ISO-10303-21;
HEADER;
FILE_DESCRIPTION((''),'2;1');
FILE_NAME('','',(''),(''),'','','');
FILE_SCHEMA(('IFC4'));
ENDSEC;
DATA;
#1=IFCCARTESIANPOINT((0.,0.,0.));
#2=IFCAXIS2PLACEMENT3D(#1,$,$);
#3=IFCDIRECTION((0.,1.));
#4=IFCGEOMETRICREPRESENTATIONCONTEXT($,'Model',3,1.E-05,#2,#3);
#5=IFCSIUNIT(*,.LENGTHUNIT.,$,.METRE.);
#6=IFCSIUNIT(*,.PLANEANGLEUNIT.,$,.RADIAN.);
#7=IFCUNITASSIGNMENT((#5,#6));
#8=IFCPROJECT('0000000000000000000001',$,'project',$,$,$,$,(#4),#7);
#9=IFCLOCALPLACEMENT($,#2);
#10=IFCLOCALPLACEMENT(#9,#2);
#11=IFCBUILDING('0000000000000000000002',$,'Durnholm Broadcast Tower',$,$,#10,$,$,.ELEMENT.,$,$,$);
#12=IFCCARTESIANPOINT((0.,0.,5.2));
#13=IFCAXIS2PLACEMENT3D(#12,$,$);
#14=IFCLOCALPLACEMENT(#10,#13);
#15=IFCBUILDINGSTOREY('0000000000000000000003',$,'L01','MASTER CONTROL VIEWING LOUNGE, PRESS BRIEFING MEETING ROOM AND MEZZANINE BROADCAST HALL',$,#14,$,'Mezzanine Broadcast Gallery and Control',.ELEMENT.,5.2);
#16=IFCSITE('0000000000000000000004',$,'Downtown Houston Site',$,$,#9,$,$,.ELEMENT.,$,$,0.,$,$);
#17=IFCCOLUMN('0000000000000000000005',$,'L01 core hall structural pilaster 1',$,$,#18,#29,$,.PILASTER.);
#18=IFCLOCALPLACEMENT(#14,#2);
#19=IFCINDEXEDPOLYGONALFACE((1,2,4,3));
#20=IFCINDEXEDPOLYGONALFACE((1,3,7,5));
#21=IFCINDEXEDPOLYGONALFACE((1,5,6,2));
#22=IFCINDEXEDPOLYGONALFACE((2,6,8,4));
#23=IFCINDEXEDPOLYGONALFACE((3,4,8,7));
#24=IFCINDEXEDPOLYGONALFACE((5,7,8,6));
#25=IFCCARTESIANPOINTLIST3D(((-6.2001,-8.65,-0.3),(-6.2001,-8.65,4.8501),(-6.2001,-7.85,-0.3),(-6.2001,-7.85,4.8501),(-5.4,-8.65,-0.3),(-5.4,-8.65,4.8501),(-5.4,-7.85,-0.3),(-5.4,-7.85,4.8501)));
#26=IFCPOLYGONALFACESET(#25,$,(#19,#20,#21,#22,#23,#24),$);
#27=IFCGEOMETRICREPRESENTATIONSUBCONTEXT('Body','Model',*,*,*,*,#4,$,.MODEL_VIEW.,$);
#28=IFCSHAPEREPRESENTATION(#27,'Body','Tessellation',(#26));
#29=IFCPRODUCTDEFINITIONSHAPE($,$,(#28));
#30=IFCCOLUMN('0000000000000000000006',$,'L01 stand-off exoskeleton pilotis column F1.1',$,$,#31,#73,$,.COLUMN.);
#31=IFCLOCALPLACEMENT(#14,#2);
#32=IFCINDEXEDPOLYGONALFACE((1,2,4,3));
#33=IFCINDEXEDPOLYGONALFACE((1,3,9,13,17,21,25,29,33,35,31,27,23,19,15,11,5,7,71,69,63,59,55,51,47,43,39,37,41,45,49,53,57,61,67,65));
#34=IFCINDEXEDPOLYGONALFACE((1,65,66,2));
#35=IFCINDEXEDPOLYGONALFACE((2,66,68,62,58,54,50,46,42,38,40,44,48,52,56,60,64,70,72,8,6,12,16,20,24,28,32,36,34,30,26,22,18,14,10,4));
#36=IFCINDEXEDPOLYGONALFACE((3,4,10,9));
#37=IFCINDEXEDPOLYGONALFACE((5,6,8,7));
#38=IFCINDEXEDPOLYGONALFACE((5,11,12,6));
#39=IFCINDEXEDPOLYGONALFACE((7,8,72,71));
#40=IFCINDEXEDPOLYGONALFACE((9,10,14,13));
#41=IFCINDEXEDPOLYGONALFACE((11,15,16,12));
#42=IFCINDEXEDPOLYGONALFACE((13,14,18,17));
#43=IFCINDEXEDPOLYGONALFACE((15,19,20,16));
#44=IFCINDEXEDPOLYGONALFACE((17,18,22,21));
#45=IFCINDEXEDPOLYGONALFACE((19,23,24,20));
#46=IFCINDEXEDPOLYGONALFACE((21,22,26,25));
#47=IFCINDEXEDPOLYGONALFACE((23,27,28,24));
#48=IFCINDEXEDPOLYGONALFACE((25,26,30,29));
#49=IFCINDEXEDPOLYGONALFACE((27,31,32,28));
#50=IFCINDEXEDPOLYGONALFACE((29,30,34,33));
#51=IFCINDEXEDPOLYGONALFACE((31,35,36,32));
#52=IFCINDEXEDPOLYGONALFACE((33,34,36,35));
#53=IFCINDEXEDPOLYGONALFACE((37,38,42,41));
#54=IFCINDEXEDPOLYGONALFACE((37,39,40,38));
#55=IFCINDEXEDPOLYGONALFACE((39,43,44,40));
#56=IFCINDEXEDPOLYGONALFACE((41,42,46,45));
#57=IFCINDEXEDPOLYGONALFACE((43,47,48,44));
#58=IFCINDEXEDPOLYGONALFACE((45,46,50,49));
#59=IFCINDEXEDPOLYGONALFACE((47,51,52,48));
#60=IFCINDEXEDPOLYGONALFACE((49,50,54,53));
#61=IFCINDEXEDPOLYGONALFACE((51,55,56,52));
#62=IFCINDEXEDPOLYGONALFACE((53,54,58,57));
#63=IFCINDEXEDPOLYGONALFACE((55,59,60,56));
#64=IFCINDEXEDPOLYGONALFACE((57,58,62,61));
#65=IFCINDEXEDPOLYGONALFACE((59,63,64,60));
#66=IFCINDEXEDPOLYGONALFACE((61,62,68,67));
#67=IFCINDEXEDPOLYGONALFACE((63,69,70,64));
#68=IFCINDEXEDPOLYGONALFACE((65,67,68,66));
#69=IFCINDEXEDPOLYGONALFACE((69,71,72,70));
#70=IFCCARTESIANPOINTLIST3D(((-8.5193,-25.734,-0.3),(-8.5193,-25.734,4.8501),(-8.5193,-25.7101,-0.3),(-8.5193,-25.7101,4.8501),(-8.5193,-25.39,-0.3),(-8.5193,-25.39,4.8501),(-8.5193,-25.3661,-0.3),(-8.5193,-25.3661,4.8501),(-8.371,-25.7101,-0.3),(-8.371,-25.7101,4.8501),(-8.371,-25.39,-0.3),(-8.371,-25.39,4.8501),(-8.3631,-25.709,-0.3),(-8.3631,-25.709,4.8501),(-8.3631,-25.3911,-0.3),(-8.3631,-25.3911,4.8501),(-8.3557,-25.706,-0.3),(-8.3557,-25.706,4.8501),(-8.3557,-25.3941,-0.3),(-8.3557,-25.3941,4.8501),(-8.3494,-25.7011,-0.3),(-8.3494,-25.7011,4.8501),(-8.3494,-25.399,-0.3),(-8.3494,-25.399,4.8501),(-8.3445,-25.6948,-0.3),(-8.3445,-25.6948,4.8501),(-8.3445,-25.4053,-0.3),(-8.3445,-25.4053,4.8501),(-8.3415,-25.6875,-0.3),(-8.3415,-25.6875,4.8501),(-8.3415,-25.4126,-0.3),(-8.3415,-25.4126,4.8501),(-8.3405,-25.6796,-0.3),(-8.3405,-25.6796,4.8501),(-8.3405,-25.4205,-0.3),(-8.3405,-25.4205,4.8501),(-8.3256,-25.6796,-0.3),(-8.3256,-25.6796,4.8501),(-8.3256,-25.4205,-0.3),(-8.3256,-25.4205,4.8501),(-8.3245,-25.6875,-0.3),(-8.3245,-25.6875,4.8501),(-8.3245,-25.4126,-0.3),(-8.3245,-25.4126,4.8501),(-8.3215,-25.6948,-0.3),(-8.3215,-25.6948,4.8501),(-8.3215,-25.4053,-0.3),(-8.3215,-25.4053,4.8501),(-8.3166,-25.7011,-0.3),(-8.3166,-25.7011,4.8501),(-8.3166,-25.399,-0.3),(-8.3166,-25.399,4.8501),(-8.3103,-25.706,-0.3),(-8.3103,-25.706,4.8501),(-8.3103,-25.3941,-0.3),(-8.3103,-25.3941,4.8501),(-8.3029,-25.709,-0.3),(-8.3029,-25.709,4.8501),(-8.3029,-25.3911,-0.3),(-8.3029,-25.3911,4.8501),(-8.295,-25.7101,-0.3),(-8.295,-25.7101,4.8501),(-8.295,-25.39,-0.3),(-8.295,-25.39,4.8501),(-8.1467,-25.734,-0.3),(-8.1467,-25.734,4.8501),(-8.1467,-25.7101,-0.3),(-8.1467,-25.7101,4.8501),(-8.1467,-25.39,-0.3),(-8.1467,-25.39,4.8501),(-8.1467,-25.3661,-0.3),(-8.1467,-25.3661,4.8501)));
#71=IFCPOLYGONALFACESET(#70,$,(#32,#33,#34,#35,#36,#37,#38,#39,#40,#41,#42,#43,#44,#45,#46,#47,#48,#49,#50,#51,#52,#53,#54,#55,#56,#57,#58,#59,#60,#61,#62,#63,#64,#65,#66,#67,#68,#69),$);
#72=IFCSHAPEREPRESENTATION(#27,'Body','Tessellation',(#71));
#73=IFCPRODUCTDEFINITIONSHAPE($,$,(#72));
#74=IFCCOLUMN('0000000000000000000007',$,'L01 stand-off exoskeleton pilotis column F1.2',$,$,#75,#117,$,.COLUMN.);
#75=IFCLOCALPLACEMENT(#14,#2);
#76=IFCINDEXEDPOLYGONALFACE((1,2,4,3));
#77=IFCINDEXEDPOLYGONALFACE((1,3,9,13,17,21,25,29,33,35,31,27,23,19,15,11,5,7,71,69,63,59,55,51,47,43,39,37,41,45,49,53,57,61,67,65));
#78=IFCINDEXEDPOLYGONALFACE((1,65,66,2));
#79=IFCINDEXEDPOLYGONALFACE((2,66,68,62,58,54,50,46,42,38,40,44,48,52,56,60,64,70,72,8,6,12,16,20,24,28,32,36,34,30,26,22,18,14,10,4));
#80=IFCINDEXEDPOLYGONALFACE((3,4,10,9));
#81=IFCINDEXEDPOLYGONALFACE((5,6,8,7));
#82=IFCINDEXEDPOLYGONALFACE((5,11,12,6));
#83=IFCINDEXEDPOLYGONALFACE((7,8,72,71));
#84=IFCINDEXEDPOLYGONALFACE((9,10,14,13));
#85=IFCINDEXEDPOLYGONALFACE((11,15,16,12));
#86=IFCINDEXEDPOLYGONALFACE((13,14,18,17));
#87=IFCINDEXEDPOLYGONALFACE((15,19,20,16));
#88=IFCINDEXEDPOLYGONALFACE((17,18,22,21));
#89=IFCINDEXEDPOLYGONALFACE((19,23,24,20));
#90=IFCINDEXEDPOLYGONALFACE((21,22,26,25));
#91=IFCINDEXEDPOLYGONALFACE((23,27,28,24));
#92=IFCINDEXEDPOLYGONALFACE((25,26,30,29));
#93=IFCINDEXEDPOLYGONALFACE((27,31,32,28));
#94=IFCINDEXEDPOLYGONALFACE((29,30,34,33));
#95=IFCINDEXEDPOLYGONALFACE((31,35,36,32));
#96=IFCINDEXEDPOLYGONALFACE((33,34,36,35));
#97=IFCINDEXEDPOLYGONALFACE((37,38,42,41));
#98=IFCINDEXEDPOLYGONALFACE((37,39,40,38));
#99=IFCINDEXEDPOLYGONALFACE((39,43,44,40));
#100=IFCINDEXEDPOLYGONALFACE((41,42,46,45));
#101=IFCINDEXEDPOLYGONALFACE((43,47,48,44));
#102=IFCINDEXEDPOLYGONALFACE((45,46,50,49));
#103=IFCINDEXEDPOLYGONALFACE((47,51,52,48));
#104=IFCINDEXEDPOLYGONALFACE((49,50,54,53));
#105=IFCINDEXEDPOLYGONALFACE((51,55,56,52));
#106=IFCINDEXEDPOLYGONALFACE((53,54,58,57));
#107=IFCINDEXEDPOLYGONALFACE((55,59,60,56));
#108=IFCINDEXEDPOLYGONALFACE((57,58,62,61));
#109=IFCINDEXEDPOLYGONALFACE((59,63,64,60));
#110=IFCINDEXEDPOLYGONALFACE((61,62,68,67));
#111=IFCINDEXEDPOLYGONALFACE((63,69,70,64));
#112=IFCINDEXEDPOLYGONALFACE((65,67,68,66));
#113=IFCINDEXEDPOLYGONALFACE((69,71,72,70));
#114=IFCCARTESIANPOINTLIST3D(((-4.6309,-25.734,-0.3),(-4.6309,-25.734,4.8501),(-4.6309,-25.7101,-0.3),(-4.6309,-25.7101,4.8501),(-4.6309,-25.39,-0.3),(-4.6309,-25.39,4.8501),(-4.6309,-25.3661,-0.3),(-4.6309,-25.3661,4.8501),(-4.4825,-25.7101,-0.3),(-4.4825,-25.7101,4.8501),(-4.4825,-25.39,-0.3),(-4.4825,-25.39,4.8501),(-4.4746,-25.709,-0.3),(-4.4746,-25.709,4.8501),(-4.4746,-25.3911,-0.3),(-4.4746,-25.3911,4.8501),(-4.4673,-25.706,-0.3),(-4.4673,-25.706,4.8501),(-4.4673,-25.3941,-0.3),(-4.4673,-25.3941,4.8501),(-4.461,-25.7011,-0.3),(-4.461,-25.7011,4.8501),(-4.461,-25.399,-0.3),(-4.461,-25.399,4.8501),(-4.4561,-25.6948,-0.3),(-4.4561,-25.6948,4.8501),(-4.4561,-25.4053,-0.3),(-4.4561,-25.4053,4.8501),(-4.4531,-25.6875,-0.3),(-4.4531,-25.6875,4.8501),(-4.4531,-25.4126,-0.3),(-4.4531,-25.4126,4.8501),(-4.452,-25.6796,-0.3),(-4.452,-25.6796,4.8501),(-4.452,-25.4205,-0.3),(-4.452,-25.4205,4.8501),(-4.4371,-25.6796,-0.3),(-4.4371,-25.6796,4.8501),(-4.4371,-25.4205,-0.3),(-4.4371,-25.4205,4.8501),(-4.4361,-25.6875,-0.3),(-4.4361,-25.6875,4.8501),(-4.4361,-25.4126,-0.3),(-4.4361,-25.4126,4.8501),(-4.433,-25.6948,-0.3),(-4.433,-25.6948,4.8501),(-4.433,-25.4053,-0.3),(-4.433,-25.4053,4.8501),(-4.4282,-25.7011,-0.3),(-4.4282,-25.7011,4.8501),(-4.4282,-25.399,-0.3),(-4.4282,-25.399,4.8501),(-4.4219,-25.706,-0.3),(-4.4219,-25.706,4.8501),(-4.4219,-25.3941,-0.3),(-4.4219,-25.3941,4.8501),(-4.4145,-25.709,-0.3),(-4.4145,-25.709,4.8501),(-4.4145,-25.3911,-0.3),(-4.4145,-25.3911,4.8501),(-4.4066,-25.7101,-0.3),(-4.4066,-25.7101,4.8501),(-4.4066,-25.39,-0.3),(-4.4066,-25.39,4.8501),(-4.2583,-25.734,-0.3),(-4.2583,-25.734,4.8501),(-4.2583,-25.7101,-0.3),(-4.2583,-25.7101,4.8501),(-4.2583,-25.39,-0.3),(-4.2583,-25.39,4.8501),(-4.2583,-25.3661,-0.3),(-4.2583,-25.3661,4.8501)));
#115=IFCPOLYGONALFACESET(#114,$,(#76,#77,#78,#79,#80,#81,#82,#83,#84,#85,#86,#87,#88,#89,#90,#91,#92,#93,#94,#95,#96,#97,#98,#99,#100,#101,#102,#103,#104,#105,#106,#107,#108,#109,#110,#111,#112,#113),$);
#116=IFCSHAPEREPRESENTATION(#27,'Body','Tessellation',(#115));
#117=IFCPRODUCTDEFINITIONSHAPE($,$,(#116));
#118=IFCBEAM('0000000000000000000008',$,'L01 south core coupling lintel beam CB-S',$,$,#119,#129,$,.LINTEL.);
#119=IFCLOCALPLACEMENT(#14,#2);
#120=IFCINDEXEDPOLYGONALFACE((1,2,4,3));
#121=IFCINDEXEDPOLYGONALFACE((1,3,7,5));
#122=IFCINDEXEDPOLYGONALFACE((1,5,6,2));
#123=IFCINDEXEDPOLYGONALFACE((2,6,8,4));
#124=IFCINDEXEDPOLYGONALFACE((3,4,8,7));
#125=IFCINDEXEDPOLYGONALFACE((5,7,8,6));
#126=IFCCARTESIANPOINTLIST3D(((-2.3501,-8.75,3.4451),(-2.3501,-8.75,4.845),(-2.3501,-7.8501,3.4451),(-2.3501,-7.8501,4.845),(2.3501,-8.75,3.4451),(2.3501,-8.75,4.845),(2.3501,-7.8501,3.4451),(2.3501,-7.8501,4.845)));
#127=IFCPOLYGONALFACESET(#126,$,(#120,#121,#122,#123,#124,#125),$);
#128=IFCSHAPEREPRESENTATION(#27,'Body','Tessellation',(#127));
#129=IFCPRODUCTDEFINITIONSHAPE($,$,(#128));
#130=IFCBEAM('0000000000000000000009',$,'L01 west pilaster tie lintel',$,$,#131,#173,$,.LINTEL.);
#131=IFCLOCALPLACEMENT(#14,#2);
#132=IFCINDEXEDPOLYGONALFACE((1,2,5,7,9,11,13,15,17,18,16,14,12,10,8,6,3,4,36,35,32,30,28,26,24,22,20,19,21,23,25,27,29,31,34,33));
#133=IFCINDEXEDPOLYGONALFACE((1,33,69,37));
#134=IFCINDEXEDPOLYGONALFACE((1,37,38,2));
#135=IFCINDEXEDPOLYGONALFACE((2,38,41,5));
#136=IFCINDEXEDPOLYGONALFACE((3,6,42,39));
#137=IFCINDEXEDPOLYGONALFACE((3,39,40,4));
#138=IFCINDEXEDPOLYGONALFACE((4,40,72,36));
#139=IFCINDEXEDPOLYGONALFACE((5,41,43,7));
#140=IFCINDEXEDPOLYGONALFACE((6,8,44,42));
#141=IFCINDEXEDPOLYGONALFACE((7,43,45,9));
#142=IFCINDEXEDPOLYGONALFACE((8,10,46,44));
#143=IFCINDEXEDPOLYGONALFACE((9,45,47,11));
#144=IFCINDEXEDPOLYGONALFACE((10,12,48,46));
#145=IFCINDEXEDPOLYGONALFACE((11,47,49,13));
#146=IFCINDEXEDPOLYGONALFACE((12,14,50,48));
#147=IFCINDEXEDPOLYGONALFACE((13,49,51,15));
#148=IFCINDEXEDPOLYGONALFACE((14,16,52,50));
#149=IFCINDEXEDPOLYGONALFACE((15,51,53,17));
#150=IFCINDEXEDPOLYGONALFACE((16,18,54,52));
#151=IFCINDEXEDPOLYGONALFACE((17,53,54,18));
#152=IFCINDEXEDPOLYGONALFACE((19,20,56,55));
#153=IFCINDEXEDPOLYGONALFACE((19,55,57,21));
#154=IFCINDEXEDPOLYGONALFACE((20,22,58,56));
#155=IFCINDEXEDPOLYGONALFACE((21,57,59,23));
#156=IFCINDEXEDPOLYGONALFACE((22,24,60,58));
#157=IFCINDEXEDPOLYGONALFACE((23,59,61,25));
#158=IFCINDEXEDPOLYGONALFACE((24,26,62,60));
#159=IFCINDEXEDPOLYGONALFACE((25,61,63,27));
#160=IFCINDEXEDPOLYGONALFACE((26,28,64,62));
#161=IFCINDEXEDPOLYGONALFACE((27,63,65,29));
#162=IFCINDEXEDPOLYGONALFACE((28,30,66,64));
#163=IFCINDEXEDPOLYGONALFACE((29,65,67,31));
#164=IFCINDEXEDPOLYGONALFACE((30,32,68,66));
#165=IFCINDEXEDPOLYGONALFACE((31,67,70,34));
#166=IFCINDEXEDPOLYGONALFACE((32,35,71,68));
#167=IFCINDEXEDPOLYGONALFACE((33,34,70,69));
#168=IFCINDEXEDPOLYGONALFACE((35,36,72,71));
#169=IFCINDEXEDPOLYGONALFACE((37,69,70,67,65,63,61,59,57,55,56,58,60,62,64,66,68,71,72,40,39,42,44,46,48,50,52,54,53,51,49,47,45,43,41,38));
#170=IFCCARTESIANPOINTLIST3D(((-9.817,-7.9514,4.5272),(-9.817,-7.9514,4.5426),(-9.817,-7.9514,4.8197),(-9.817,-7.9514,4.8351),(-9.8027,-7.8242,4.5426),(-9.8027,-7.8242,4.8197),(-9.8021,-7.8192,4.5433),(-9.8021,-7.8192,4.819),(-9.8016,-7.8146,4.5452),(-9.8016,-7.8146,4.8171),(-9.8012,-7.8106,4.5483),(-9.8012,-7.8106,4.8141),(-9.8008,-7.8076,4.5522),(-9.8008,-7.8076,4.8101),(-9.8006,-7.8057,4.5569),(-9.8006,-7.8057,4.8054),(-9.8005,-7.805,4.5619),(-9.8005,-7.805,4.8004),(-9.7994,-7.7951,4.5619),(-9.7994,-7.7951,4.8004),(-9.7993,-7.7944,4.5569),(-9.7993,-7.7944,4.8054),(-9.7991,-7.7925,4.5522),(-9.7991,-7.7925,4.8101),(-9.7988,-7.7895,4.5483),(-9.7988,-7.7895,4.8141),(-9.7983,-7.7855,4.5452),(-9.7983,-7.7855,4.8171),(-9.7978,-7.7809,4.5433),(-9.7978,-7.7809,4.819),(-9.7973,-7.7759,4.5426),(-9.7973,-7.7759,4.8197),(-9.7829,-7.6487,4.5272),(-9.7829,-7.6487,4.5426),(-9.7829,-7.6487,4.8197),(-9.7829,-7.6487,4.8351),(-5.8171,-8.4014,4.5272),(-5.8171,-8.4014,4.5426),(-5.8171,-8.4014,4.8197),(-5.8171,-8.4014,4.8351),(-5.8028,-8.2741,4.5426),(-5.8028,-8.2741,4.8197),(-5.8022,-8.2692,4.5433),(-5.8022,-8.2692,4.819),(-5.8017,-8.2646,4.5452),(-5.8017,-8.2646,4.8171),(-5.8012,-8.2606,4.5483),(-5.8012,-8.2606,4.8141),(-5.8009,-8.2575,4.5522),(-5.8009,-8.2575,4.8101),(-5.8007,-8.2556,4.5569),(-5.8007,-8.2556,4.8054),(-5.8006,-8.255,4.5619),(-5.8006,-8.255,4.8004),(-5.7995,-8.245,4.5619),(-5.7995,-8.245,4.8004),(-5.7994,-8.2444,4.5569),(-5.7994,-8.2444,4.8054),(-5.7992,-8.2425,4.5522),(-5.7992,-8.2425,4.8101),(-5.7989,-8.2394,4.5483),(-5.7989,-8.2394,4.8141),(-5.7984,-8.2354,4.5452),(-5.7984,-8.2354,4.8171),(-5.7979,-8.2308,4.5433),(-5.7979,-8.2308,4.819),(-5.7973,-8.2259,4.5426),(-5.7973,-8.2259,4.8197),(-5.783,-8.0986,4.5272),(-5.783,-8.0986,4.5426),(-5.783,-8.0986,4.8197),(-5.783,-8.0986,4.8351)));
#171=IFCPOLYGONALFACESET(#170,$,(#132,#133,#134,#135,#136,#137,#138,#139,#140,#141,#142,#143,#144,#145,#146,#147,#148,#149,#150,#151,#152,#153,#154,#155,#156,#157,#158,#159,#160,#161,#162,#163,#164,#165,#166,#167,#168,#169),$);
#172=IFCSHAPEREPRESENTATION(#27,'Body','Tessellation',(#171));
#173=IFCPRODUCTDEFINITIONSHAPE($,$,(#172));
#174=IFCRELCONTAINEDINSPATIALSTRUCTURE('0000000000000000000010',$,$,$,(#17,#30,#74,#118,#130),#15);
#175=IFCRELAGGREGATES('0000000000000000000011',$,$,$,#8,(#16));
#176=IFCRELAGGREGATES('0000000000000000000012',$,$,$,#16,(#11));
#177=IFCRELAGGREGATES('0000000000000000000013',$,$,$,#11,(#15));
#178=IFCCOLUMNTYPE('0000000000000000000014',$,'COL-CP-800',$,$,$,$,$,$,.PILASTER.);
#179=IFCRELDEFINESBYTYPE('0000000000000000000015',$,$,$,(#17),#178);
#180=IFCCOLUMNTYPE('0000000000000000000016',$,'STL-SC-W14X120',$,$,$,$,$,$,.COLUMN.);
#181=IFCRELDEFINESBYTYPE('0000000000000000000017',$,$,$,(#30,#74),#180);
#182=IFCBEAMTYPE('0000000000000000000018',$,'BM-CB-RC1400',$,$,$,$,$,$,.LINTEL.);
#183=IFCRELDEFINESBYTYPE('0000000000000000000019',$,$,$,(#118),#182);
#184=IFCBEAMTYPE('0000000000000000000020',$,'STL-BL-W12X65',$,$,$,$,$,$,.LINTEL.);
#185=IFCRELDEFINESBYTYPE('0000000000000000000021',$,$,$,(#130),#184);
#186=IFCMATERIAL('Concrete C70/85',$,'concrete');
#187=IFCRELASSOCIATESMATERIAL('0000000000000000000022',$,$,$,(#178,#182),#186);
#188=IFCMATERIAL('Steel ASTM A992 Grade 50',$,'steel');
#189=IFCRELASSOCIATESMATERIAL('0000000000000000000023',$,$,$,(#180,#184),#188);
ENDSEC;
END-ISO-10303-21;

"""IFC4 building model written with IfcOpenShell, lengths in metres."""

from ifc_helpers import new_model, si_unit, direction, frame, origin, origin_2d, place, context, subcontext, project, spatial, rectangle, i_section, extrude, source, transform, mapped, material, material_profile, profile_set, type_object, type_shapes, element, save


model = new_model("IFC4")

# Units and contexts
model_context = context("Model", 3, precision=1e-05, world=origin(), true_north=direction((0.0, 1.0)))
body_context = subcontext(model_context, "Body", "Model", "MODEL_VIEW")
ifc_project = project(units=[si_unit("LENGTHUNIT", "METRE"), si_unit("PLANEANGLEUNIT", "RADIAN")], contexts=[model_context])

# Site, building, storey
site_placement = place(None, origin())
site = spatial("IfcSite", under=ifc_project, at=site_placement, Name="Downtown Houston Site", CompositionType="ELEMENT", RefElevation=0.0)
building_placement = place(site_placement, origin())
building = spatial("IfcBuilding", under=site, at=building_placement, Name="Durnholm Broadcast Tower", CompositionType="ELEMENT")
storey_placement = place(building_placement, frame((0.0, 0.0, 5.2)))
storey = spatial("IfcBuildingStorey", under=building, at=storey_placement, Name="L01", Description="MASTER CONTROL VIEWING LOUNGE, PRESS BRIEFING MEETING ROOM AND MEZZANINE BROADCAST HALL", LongName="Mezzanine Broadcast Gallery and Control", CompositionType="ELEMENT", Elevation=5.2)

# Columns
ifc_material_1 = material(Name="Concrete C70/85", Category="concrete")
ifc_material_profile_1 = material_profile(ifc_material_1, rectangle(XDim=0.8, YDim=0.8, at=origin_2d()), Name="RC800X800")
ifc_profile_set_1 = profile_set([ifc_material_profile_1], Name="Concrete C70/85")
column_type_1 = type_object("IfcColumnType", Name="COL-CP-800", PredefinedType="PILASTER", material=ifc_profile_set_1)
shared_shape_1 = source(origin(), body_context, "Body", "SweptSolid", [
    extrude(rectangle(XDim=0.8, YDim=0.8, at=origin_2d()), origin(), (0.0, 0.0, 1.0), 5.1501),
])
type_shapes(column_type_1, [shared_shape_1])
column_placement = place(storey_placement, frame((-5.8, -8.25, -0.3), z_axis=(0.0, 0.0, 1.0), x_axis=(1.0, 0.0, 0.0)))
element("IfcColumn", 1, at=column_placement, inside=storey, type_object=column_type_1, Name="L01 core hall structural pilaster 1", PredefinedType="PILASTER", context=body_context, shape_type="MappedRepresentation", body=[
    mapped(shared_shape_1, transform((0.0, 0.0, 0.0), x_axis=(1.0, 0.0, 0.0), y_axis=(0.0, 1.0, 0.0), z_axis=(0.0, 0.0, 1.0), scale=1.0)),
])
ifc_material_2 = material(Name="Steel ASTM A992 Grade 50", Category="steel")
ifc_material_profile_2 = material_profile(ifc_material_2, i_section(OverallWidth=0.3726, OverallDepth=0.3679, WebThickness=0.0149, FlangeThickness=0.0239, FilletRadius=0.0305, at=origin_2d()), Name="W14X120")
ifc_profile_set_2 = profile_set([ifc_material_profile_2], Name="Steel ASTM A992 Grade 50")
column_type_2 = type_object("IfcColumnType", Name="STL-SC-W14X120", PredefinedType="COLUMN", material=ifc_profile_set_2)
shared_shape_2 = source(origin(), body_context, "Body", "SweptSolid", [
    extrude(i_section(OverallWidth=0.3726, OverallDepth=0.3679, WebThickness=0.0149, FlangeThickness=0.0239, FilletRadius=0.0305, at=origin_2d()), origin(), (0.0, 0.0, 1.0), 5.1501),
])
type_shapes(column_type_2, [shared_shape_2])
for number, where, z_axis, x_axis, name in (
    (2, (-8.333, -25.55, -0.3), (0.0, 0.0, 1.0), (1.0, 0.0, 0.0), "L01 stand-off exoskeleton pilotis column F1.1"),
    (3, (-4.4446, -25.55, -0.3), (0.0, 0.0, 1.0), (1.0, 0.0, 0.0), "L01 stand-off exoskeleton pilotis column F1.2"),
):
    element("IfcColumn", number, at=place(storey_placement, frame(where, z_axis=z_axis, x_axis=x_axis)), inside=storey, type_object=column_type_2, Name=name, PredefinedType="COLUMN", context=body_context, shape_type="MappedRepresentation", body=[
        mapped(shared_shape_2, transform((0.0, 0.0, 0.0), x_axis=(1.0, 0.0, 0.0), y_axis=(0.0, 1.0, 0.0), z_axis=(0.0, 0.0, 1.0), scale=1.0)),
    ])

# Beams
ifc_material_profile_3 = material_profile(ifc_material_1, rectangle(XDim=0.8999, YDim=1.3999, at=origin_2d()), Name="RC900X1400")
ifc_profile_set_3 = profile_set([ifc_material_profile_3], Name="Concrete C70/85")
beam_type_1 = type_object("IfcBeamType", Name="BM-CB-RC1400", PredefinedType="LINTEL", material=ifc_profile_set_3)
shared_shape_3 = source(origin(), body_context, "Body", "SweptSolid", [
    extrude(rectangle(XDim=0.8999, YDim=1.3999, at=origin_2d()), origin(), (0.0, 0.0, 1.0), 4.7002),
])
type_shapes(beam_type_1, [shared_shape_3])
beam_1_placement = place(storey_placement, frame((-2.3501, -8.3, 4.145), z_axis=(1.0, 0.0, 0.0), x_axis=(0.0, 1.0, 0.0)))
element("IfcBeam", 4, at=beam_1_placement, inside=storey, type_object=beam_type_1, Name="L01 south core coupling lintel beam CB-S", PredefinedType="LINTEL", context=body_context, shape_type="MappedRepresentation", body=[
    mapped(shared_shape_3, transform((0.0, 0.0, 0.0), x_axis=(1.0, 0.0, 0.0), y_axis=(0.0, 1.0, 0.0), z_axis=(0.0, 0.0, 1.0), scale=1.0)),
])
ifc_material_profile_4 = material_profile(ifc_material_2, i_section(OverallWidth=0.3047, OverallDepth=0.3079, WebThickness=0.01, FlangeThickness=0.0154, FilletRadius=0.0193, at=origin_2d()), Name="W12X65")
ifc_profile_set_4 = profile_set([ifc_material_profile_4], Name="Steel ASTM A992 Grade 50")
beam_type_2 = type_object("IfcBeamType", Name="STL-BL-W12X65", PredefinedType="LINTEL", material=ifc_profile_set_4)
shared_shape_4 = source(origin(), body_context, "Body", "SweptSolid", [
    extrude(i_section(OverallWidth=0.3047, OverallDepth=0.3079, WebThickness=0.01, FlangeThickness=0.0154, FilletRadius=0.0193, at=origin_2d()), origin(), (0.0, 0.0, 1.0), 4.0251),
])
type_shapes(beam_type_2, [shared_shape_4])
beam_2_placement = place(storey_placement, frame((-5.8, -8.25, 4.6812), z_axis=(-0.993733, 0.111783, 0.0), x_axis=(-0.111783, -0.993733, 0.0)))
element("IfcBeam", 5, at=beam_2_placement, inside=storey, type_object=beam_type_2, Name="L01 west pilaster tie lintel", PredefinedType="LINTEL", context=body_context, shape_type="MappedRepresentation", body=[
    mapped(shared_shape_4, transform((0.0, 0.0, 0.0), x_axis=(1.0, 0.0, 0.0), y_axis=(0.0, 1.0, 0.0), z_axis=(0.0, 0.0, 1.0), scale=1.0)),
])

save(model, "model.ifc")
